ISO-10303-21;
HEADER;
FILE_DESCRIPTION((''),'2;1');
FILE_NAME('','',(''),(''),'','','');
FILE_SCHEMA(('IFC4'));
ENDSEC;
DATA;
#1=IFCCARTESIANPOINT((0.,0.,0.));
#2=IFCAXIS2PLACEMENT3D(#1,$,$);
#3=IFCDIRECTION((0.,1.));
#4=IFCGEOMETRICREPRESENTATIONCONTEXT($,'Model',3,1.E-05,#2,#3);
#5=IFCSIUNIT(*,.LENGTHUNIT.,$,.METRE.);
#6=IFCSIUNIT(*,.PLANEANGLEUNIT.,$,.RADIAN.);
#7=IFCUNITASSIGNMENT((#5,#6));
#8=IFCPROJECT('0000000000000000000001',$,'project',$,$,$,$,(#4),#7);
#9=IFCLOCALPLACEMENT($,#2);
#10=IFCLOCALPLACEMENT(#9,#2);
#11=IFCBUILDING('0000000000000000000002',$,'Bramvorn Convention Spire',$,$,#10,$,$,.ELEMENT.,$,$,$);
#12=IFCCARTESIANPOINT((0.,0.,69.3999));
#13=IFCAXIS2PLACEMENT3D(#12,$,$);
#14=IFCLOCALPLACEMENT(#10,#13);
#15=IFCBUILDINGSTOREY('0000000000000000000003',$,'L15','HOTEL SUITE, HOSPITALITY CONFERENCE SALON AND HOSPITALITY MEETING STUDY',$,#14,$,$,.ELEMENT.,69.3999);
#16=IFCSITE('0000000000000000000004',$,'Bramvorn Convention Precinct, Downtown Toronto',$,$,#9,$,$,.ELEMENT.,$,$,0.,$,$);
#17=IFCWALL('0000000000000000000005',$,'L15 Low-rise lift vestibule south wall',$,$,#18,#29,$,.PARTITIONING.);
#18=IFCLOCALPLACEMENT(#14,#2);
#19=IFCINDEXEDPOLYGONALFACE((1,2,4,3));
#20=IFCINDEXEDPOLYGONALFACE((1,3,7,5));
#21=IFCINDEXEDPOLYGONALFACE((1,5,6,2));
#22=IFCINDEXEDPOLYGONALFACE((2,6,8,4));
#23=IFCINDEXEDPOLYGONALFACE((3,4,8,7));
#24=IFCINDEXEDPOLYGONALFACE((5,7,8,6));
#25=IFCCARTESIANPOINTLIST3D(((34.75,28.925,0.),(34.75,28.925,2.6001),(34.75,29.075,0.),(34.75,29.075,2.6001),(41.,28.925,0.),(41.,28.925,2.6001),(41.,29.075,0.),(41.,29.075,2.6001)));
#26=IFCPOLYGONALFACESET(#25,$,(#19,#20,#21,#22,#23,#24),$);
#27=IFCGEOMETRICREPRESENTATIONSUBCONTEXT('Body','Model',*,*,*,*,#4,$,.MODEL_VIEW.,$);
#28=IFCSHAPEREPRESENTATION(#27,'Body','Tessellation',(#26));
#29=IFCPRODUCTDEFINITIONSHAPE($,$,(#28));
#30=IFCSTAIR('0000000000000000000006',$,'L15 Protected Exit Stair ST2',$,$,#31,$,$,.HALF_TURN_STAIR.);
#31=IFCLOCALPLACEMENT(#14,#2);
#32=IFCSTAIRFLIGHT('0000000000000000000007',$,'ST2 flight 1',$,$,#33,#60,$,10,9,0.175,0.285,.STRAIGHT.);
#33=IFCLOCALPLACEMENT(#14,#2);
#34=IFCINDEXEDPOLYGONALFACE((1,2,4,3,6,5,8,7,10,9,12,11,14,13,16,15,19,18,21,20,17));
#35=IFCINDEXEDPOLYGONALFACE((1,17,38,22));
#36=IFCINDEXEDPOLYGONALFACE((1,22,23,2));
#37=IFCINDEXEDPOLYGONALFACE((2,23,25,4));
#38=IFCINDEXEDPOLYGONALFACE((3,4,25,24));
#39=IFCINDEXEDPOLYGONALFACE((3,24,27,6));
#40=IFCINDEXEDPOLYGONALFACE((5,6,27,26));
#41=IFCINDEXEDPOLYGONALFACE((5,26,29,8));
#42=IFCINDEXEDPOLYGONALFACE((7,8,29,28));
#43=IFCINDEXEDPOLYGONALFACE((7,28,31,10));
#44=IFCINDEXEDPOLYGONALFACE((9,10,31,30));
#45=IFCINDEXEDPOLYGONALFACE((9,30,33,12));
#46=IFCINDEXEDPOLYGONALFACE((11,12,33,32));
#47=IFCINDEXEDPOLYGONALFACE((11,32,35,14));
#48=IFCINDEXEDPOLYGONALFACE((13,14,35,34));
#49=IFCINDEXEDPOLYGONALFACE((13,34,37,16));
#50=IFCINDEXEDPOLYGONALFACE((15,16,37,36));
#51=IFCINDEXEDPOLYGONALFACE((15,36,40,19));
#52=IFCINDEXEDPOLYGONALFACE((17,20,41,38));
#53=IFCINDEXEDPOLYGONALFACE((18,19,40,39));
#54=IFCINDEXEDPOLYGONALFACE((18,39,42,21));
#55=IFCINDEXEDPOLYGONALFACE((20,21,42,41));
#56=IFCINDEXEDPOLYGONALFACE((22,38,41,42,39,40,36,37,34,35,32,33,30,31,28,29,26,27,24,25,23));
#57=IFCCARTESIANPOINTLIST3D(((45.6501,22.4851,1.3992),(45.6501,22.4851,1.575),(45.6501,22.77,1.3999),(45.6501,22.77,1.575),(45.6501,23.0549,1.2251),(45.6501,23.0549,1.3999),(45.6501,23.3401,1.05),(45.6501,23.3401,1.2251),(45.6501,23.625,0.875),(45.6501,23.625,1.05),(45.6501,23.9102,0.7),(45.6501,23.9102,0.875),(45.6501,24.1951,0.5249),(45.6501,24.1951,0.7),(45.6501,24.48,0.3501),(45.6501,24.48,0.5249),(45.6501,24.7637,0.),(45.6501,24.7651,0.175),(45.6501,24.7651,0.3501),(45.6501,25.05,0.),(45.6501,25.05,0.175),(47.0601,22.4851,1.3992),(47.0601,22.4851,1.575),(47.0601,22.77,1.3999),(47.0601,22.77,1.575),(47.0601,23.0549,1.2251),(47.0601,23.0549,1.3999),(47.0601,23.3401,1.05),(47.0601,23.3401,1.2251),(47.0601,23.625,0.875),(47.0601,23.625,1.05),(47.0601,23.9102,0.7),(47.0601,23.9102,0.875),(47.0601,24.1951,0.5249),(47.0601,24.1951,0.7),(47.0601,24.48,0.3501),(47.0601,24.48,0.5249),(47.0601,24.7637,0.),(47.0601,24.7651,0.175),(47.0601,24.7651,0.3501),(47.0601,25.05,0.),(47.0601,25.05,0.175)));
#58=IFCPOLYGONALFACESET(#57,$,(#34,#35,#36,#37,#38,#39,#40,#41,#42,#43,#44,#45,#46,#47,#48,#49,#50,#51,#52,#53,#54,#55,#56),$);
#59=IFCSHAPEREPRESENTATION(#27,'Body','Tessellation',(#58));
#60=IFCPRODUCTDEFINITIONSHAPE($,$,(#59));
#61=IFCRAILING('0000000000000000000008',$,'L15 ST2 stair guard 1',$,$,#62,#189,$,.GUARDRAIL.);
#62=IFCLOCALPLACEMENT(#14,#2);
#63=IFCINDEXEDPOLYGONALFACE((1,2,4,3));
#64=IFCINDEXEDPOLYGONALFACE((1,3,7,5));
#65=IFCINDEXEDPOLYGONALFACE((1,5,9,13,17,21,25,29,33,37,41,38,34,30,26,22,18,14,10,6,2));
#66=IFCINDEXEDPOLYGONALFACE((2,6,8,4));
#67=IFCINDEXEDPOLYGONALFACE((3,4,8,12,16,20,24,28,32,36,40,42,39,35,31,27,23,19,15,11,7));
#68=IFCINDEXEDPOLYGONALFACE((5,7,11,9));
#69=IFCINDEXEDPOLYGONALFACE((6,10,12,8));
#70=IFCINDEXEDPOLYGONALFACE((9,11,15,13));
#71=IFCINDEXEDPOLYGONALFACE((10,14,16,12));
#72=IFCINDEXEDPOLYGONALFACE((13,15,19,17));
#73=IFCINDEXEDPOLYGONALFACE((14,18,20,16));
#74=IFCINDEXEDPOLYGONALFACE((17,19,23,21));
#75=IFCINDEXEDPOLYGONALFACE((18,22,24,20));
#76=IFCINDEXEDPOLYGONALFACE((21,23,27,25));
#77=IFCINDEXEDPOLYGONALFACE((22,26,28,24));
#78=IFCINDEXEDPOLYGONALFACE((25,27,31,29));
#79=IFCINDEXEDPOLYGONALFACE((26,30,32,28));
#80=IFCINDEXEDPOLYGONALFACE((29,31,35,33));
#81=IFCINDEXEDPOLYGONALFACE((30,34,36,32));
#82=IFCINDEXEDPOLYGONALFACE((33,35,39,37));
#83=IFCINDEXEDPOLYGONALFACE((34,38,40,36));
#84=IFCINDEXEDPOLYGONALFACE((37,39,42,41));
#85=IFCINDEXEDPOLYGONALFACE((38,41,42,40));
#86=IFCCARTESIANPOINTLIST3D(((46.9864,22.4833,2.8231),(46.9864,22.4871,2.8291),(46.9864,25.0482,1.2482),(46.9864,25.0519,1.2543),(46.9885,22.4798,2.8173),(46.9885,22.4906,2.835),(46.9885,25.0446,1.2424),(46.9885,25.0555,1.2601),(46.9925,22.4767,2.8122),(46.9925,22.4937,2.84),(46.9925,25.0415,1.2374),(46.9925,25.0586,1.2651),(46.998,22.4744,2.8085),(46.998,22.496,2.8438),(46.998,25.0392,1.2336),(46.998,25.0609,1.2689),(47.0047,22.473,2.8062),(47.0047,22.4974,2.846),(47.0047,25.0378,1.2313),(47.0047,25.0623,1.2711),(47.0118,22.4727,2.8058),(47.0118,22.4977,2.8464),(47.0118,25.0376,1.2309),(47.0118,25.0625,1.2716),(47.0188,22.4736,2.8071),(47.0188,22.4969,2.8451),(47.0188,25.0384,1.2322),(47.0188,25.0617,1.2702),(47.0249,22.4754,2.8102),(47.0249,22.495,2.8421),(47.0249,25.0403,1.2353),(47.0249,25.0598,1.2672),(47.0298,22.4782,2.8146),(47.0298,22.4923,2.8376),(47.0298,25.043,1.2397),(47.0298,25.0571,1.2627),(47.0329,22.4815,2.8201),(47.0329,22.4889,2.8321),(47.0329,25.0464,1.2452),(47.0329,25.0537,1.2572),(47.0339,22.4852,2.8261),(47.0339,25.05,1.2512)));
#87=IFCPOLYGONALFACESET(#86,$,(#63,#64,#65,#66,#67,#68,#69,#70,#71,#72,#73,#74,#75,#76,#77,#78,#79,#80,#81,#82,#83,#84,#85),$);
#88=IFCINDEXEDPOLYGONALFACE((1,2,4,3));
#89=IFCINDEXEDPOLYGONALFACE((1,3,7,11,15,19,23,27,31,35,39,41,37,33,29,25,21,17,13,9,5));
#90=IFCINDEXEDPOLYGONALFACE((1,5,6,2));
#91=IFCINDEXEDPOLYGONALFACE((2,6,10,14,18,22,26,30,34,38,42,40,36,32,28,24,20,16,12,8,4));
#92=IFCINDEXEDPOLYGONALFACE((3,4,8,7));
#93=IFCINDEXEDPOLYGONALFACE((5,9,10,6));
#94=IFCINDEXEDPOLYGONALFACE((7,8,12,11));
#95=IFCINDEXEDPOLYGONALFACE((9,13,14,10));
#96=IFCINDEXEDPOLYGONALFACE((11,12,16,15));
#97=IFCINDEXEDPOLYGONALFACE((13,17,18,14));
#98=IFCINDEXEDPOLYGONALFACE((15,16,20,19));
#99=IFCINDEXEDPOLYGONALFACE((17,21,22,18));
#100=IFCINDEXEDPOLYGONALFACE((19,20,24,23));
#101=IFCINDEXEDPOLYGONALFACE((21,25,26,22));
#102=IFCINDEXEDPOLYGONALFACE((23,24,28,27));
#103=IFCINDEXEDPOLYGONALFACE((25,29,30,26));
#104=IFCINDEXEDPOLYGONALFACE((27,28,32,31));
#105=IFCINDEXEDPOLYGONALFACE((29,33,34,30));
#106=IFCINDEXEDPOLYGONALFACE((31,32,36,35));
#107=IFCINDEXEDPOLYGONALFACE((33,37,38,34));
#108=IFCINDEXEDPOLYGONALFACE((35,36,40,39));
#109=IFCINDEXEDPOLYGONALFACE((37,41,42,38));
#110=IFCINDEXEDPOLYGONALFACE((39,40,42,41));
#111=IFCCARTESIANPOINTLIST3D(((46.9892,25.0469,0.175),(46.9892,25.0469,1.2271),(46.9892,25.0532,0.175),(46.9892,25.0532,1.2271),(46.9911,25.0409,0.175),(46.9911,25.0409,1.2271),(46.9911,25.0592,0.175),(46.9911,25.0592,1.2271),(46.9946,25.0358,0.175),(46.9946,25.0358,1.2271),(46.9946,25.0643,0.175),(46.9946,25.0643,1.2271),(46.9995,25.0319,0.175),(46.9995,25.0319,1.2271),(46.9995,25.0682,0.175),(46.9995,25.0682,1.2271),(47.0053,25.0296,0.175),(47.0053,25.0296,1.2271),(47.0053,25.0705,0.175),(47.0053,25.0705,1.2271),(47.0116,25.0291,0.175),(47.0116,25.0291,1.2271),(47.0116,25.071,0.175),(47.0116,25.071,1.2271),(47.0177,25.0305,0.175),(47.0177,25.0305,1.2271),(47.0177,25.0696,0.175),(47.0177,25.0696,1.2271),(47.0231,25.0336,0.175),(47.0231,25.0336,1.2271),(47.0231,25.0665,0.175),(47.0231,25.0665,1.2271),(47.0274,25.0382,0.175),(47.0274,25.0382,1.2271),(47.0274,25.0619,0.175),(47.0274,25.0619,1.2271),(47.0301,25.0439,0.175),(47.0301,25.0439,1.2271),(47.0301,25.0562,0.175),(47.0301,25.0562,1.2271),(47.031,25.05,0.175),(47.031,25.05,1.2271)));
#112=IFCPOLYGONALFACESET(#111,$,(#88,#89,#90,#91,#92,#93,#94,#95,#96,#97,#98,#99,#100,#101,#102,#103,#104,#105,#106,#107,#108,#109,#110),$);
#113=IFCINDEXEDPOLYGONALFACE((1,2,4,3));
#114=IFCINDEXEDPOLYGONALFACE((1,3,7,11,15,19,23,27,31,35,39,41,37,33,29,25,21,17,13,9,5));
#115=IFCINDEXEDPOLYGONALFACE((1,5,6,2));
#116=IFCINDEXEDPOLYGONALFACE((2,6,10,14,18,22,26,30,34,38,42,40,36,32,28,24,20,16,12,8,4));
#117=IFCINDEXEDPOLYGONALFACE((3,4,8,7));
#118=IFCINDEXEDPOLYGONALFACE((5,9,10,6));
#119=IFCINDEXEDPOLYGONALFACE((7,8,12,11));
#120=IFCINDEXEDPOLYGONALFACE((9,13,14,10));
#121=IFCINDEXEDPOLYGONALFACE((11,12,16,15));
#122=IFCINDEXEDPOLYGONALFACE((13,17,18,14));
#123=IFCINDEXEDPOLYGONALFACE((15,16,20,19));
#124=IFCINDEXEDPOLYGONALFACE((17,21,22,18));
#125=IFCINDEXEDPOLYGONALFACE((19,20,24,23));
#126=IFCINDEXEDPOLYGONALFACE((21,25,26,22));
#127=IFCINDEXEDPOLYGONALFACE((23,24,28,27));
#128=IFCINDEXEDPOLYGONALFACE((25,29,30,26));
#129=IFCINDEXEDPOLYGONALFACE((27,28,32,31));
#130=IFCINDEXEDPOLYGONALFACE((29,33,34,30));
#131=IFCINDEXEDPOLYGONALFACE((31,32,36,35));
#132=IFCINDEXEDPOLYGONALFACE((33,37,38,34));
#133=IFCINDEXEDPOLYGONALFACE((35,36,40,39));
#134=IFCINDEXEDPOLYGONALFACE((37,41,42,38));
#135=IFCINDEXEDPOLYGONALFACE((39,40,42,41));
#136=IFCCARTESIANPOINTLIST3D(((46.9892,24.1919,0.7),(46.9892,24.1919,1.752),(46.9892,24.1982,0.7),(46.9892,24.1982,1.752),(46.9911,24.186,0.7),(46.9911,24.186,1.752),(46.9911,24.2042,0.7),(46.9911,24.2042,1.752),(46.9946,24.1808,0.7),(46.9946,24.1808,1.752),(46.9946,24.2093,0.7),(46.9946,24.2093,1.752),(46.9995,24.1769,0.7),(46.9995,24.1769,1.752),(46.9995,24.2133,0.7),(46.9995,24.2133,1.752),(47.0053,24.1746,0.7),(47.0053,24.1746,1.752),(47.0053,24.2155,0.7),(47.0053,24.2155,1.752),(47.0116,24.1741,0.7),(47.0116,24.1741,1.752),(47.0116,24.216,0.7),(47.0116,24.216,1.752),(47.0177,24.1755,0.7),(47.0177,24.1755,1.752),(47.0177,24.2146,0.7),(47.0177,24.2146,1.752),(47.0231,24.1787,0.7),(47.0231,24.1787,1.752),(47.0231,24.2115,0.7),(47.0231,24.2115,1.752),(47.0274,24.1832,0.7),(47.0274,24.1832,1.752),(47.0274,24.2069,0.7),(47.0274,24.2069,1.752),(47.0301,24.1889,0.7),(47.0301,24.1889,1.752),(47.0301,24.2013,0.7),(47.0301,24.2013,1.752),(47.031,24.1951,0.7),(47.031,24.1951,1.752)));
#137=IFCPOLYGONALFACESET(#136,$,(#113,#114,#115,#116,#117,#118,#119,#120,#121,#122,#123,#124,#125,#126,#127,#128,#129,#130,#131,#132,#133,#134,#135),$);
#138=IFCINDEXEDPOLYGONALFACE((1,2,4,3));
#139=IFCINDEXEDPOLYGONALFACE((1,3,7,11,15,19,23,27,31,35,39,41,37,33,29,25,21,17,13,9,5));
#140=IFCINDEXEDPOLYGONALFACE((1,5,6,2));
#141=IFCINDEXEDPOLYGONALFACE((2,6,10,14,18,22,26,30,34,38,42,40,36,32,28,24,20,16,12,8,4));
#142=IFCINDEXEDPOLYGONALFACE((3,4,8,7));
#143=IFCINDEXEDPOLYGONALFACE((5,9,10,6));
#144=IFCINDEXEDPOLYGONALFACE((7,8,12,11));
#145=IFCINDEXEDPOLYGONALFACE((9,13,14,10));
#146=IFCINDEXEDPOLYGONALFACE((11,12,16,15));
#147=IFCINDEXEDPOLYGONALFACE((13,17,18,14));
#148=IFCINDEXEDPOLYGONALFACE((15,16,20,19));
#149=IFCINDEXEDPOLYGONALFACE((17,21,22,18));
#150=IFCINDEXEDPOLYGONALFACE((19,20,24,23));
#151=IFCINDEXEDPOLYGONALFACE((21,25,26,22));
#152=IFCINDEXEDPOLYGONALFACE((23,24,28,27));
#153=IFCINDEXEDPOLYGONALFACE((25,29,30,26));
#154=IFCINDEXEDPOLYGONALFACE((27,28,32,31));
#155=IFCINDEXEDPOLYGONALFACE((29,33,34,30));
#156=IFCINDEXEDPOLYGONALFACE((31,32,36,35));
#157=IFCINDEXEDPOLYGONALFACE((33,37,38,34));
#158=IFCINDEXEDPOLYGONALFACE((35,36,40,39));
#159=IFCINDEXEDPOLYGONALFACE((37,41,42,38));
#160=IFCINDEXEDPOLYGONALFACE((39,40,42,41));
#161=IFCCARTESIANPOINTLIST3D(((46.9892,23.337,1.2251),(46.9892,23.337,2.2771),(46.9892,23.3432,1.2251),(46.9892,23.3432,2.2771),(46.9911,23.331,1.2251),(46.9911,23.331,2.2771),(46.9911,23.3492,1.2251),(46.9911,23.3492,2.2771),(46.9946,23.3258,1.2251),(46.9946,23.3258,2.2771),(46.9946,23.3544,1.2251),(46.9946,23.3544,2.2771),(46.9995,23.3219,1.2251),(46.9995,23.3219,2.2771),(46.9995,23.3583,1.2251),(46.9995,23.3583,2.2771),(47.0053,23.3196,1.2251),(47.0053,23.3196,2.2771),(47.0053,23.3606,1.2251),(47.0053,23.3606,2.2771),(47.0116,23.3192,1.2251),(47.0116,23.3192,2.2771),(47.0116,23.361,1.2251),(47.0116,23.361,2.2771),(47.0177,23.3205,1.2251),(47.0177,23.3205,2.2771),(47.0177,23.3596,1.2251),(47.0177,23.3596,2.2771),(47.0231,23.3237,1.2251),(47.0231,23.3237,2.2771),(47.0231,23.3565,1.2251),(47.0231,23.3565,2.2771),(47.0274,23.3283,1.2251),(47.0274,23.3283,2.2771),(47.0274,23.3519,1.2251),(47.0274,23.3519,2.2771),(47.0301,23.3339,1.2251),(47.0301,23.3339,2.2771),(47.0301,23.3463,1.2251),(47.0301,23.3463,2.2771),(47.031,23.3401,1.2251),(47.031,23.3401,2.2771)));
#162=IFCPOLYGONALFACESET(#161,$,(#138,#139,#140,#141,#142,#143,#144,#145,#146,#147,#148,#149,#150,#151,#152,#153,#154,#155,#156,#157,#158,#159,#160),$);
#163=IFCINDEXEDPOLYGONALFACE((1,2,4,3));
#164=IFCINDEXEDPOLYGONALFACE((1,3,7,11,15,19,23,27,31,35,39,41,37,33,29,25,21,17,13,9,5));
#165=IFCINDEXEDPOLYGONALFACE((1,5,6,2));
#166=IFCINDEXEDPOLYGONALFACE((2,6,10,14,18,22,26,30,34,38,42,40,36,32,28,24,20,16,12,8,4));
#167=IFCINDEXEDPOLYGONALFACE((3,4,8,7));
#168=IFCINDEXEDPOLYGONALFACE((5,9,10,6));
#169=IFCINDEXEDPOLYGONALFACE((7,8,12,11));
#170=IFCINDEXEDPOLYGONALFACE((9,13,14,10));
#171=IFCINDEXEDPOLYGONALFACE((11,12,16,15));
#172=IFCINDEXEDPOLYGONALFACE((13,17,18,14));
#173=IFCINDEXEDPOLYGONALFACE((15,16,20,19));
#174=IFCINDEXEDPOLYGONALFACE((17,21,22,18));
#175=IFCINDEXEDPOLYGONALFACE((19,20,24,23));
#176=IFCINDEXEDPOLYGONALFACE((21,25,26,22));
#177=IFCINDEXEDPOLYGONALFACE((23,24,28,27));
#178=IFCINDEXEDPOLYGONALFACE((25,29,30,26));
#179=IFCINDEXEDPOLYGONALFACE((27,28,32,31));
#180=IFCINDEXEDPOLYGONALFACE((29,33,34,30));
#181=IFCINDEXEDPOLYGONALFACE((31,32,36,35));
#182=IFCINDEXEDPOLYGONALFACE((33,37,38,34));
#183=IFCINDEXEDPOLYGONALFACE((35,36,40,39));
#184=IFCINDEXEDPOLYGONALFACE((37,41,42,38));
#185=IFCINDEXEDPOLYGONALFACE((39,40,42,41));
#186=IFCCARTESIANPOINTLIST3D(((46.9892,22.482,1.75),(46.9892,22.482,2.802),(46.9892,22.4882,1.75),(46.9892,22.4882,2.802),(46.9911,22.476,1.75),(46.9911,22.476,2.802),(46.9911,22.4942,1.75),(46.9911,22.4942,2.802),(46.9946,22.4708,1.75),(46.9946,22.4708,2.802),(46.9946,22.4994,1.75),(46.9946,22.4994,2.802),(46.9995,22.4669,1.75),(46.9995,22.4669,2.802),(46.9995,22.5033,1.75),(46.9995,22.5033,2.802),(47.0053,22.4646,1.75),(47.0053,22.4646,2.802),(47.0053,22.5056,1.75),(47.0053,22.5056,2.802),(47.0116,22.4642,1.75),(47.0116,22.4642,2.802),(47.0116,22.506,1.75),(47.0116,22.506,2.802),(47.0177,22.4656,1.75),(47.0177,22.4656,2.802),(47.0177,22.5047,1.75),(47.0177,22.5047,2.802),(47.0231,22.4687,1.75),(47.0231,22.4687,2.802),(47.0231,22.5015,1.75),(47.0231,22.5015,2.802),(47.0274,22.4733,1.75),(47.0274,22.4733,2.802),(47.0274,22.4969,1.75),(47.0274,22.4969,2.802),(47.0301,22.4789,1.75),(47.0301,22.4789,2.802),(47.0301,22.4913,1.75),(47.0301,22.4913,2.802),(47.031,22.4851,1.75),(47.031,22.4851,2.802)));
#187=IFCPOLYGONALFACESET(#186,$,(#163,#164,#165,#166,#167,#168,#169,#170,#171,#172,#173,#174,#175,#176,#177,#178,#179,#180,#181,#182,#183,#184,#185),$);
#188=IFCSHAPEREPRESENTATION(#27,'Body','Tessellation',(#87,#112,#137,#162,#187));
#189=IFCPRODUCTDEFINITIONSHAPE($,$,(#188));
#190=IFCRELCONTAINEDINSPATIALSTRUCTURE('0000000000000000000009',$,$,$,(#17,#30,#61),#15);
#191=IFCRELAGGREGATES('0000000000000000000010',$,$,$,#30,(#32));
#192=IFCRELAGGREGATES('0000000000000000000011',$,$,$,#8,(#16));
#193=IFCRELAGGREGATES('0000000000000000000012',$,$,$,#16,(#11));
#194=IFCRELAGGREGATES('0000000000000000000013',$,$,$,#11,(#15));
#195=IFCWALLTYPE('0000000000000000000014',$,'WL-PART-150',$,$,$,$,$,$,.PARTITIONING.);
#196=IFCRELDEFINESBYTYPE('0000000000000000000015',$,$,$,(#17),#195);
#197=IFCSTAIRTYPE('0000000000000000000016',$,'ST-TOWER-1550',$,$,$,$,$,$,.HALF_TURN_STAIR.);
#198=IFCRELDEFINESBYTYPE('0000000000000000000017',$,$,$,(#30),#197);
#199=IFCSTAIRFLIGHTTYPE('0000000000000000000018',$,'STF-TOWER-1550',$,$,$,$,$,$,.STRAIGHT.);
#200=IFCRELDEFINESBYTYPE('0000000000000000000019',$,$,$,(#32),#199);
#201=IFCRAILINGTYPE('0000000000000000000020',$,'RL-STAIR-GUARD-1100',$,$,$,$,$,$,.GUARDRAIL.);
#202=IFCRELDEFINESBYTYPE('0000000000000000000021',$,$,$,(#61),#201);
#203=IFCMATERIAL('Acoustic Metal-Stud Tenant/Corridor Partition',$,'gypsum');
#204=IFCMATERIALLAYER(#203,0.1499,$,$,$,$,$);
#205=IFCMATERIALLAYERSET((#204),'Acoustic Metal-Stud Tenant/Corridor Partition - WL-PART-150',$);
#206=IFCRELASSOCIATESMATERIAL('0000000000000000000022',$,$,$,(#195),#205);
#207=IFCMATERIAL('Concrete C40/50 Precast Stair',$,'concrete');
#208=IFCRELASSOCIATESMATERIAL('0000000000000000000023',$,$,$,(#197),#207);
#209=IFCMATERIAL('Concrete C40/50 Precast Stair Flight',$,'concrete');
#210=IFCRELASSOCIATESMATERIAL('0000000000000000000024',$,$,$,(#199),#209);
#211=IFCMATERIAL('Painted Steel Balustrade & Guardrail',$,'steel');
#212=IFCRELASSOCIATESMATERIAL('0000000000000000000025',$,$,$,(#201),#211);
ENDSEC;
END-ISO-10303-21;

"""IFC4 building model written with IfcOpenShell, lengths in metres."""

from ifc_helpers import new_model, si_unit, direction, frame, frame_2d, origin, origin_2d, place, context, subcontext, project, spatial, polyline, rectangle, circle, outline, extrude, material, layer, layer_set, type_object, element, aggregate, save


model = new_model("IFC4")

# Units and contexts
model_context = context("Model", 3, precision=1e-05, world=origin(), true_north=direction((0.0, 1.0)))
body_context = subcontext(model_context, "Body", "Model", "MODEL_VIEW")
ifc_project = project(units=[si_unit("LENGTHUNIT", "METRE"), si_unit("PLANEANGLEUNIT", "RADIAN")], contexts=[model_context])

# Site, building, storey
site_placement = place(None, origin())
site = spatial("IfcSite", under=ifc_project, at=site_placement, Name="Bramvorn Convention Precinct, Downtown Toronto", CompositionType="ELEMENT", RefElevation=0.0)
building_placement = place(site_placement, origin())
building = spatial("IfcBuilding", under=site, at=building_placement, Name="Bramvorn Convention Spire", CompositionType="ELEMENT")
storey_placement = place(building_placement, frame((0.0, 0.0, 69.3999)))
storey = spatial("IfcBuildingStorey", under=building, at=storey_placement, Name="L15", Description="HOTEL SUITE, HOSPITALITY CONFERENCE SALON AND HOSPITALITY MEETING STUDY", CompositionType="ELEMENT", Elevation=69.3999)

# Wall
ifc_material_1 = material(Name="Acoustic Metal-Stud Tenant/Corridor Partition", Category="gypsum")
ifc_layer_1 = layer(ifc_material_1, 0.1499)
ifc_layer_set_1 = layer_set([ifc_layer_1], Name="Acoustic Metal-Stud Tenant/Corridor Partition - WL-PART-150")
wall_type_1 = type_object("IfcWallType", Name="WL-PART-150", PredefinedType="PARTITIONING", material=ifc_layer_set_1)
wall_1_placement = place(storey_placement, frame((34.75, 29.0, 0.0), z_axis=(0.0, 0.0, 1.0), x_axis=(1.0, 0.0, 0.0)))
element("IfcWall", 1, at=wall_1_placement, inside=storey, type_object=wall_type_1, Name="L15 Low-rise lift vestibule south wall", PredefinedType="PARTITIONING", context=body_context, shape_type="SweptSolid", body=[
    extrude(rectangle(XDim=6.25, YDim=0.1499, at=frame_2d((3.125, 0.0))), origin(), (0.0, 0.0, 1.0), 2.6001),
])

# Stair, stair flight
ifc_material_2 = material(Name="Concrete C40/50 Precast Stair", Category="concrete")
stair_type = type_object("IfcStairType", Name="ST-TOWER-1550", PredefinedType="HALF_TURN_STAIR", material=ifc_material_2)
stair_placement = place(storey_placement, origin())
stair = element("IfcStair", 2, at=stair_placement, inside=storey, type_object=stair_type, Name="L15 Protected Exit Stair ST2", PredefinedType="HALF_TURN_STAIR")
ifc_material_3 = material(Name="Concrete C40/50 Precast Stair Flight", Category="concrete")
stair_flight_type = type_object("IfcStairFlightType", Name="STF-TOWER-1550", PredefinedType="STRAIGHT", material=ifc_material_3)
stair_flight_placement = place(storey_placement, frame((46.355, 25.05, 0.0), z_axis=(0.0, 0.0, 1.0), x_axis=(0.0, -1.0, 0.0)))
stair_flight = element("IfcStairFlight", 3, at=stair_flight_placement, type_object=stair_flight_type, Name="ST2 flight 1", NumberOfRisers=10, NumberOfTreads=9, PredefinedType="STRAIGHT", RiserHeight=0.175, TreadLength=0.285, context=body_context, shape_type="SweptSolid", body=[
    extrude(outline(polyline([(0.0, 0.0), (0.0, 0.175), (0.2849, 0.175), (0.2849, 0.3501), (0.5701, 0.3501), (0.5701, 0.5249), (0.855, 0.5249), (0.855, 0.7), (1.1399, 0.7), (1.1399, 0.875), (1.425, 0.875), (1.425, 1.05), (1.71, 1.05), (1.71, 1.2251), (1.9951, 1.2251), (1.9951, 1.3999), (2.28, 1.3999), (2.28, 1.575), (2.5649, 1.575), (2.5649, 1.75), (2.5649, 1.3992), (0.2864, 0.0), (0.0, 0.0)])), frame((0.0, 0.7051, 0.0), z_axis=(0.0, -1.0, 0.0), x_axis=(1.0, 0.0, 0.0)), (0.0, 0.0, 1.0), 1.4099),
])
aggregate(stair, [stair_flight])

# Railing
ifc_material_4 = material(Name="Painted Steel Balustrade & Guardrail", Category="steel")
railing_type_1 = type_object("IfcRailingType", Name="RL-STAIR-GUARD-1100", PredefinedType="GUARDRAIL", material=ifc_material_4)
railing_1_placement = place(storey_placement, frame((47.01, 25.05, 0.175)))
element("IfcRailing", 4, at=railing_1_placement, inside=storey, type_object=railing_type_1, Name="L15 ST2 stair guard 1", PredefinedType="GUARDRAIL", context=body_context, shape_type="SweptSolid", body=[
    extrude(circle(Radius=0.0239, at=origin_2d()), frame((0.0, 0.0, 1.0762), z_axis=(0.0, -0.852173, 0.52326), x_axis=(1.0, 0.0, 0.0)), (0.0, 0.0, 1.0), 3.0098),
    extrude(circle(Radius=0.021, at=origin_2d()), origin(), (0.0, 0.0, 1.0), 1.052),
    extrude(circle(Radius=0.021, at=origin_2d()), frame((0.0, -0.855, 0.5249)), (0.0, 0.0, 1.0), 1.052),
    extrude(circle(Radius=0.021, at=origin_2d()), frame((0.0, -1.71, 1.05)), (0.0, 0.0, 1.0), 1.052),
    extrude(circle(Radius=0.021, at=origin_2d()), frame((0.0, -2.5649, 1.575)), (0.0, 0.0, 1.0), 1.052),
])

save(model, "model.ifc")
